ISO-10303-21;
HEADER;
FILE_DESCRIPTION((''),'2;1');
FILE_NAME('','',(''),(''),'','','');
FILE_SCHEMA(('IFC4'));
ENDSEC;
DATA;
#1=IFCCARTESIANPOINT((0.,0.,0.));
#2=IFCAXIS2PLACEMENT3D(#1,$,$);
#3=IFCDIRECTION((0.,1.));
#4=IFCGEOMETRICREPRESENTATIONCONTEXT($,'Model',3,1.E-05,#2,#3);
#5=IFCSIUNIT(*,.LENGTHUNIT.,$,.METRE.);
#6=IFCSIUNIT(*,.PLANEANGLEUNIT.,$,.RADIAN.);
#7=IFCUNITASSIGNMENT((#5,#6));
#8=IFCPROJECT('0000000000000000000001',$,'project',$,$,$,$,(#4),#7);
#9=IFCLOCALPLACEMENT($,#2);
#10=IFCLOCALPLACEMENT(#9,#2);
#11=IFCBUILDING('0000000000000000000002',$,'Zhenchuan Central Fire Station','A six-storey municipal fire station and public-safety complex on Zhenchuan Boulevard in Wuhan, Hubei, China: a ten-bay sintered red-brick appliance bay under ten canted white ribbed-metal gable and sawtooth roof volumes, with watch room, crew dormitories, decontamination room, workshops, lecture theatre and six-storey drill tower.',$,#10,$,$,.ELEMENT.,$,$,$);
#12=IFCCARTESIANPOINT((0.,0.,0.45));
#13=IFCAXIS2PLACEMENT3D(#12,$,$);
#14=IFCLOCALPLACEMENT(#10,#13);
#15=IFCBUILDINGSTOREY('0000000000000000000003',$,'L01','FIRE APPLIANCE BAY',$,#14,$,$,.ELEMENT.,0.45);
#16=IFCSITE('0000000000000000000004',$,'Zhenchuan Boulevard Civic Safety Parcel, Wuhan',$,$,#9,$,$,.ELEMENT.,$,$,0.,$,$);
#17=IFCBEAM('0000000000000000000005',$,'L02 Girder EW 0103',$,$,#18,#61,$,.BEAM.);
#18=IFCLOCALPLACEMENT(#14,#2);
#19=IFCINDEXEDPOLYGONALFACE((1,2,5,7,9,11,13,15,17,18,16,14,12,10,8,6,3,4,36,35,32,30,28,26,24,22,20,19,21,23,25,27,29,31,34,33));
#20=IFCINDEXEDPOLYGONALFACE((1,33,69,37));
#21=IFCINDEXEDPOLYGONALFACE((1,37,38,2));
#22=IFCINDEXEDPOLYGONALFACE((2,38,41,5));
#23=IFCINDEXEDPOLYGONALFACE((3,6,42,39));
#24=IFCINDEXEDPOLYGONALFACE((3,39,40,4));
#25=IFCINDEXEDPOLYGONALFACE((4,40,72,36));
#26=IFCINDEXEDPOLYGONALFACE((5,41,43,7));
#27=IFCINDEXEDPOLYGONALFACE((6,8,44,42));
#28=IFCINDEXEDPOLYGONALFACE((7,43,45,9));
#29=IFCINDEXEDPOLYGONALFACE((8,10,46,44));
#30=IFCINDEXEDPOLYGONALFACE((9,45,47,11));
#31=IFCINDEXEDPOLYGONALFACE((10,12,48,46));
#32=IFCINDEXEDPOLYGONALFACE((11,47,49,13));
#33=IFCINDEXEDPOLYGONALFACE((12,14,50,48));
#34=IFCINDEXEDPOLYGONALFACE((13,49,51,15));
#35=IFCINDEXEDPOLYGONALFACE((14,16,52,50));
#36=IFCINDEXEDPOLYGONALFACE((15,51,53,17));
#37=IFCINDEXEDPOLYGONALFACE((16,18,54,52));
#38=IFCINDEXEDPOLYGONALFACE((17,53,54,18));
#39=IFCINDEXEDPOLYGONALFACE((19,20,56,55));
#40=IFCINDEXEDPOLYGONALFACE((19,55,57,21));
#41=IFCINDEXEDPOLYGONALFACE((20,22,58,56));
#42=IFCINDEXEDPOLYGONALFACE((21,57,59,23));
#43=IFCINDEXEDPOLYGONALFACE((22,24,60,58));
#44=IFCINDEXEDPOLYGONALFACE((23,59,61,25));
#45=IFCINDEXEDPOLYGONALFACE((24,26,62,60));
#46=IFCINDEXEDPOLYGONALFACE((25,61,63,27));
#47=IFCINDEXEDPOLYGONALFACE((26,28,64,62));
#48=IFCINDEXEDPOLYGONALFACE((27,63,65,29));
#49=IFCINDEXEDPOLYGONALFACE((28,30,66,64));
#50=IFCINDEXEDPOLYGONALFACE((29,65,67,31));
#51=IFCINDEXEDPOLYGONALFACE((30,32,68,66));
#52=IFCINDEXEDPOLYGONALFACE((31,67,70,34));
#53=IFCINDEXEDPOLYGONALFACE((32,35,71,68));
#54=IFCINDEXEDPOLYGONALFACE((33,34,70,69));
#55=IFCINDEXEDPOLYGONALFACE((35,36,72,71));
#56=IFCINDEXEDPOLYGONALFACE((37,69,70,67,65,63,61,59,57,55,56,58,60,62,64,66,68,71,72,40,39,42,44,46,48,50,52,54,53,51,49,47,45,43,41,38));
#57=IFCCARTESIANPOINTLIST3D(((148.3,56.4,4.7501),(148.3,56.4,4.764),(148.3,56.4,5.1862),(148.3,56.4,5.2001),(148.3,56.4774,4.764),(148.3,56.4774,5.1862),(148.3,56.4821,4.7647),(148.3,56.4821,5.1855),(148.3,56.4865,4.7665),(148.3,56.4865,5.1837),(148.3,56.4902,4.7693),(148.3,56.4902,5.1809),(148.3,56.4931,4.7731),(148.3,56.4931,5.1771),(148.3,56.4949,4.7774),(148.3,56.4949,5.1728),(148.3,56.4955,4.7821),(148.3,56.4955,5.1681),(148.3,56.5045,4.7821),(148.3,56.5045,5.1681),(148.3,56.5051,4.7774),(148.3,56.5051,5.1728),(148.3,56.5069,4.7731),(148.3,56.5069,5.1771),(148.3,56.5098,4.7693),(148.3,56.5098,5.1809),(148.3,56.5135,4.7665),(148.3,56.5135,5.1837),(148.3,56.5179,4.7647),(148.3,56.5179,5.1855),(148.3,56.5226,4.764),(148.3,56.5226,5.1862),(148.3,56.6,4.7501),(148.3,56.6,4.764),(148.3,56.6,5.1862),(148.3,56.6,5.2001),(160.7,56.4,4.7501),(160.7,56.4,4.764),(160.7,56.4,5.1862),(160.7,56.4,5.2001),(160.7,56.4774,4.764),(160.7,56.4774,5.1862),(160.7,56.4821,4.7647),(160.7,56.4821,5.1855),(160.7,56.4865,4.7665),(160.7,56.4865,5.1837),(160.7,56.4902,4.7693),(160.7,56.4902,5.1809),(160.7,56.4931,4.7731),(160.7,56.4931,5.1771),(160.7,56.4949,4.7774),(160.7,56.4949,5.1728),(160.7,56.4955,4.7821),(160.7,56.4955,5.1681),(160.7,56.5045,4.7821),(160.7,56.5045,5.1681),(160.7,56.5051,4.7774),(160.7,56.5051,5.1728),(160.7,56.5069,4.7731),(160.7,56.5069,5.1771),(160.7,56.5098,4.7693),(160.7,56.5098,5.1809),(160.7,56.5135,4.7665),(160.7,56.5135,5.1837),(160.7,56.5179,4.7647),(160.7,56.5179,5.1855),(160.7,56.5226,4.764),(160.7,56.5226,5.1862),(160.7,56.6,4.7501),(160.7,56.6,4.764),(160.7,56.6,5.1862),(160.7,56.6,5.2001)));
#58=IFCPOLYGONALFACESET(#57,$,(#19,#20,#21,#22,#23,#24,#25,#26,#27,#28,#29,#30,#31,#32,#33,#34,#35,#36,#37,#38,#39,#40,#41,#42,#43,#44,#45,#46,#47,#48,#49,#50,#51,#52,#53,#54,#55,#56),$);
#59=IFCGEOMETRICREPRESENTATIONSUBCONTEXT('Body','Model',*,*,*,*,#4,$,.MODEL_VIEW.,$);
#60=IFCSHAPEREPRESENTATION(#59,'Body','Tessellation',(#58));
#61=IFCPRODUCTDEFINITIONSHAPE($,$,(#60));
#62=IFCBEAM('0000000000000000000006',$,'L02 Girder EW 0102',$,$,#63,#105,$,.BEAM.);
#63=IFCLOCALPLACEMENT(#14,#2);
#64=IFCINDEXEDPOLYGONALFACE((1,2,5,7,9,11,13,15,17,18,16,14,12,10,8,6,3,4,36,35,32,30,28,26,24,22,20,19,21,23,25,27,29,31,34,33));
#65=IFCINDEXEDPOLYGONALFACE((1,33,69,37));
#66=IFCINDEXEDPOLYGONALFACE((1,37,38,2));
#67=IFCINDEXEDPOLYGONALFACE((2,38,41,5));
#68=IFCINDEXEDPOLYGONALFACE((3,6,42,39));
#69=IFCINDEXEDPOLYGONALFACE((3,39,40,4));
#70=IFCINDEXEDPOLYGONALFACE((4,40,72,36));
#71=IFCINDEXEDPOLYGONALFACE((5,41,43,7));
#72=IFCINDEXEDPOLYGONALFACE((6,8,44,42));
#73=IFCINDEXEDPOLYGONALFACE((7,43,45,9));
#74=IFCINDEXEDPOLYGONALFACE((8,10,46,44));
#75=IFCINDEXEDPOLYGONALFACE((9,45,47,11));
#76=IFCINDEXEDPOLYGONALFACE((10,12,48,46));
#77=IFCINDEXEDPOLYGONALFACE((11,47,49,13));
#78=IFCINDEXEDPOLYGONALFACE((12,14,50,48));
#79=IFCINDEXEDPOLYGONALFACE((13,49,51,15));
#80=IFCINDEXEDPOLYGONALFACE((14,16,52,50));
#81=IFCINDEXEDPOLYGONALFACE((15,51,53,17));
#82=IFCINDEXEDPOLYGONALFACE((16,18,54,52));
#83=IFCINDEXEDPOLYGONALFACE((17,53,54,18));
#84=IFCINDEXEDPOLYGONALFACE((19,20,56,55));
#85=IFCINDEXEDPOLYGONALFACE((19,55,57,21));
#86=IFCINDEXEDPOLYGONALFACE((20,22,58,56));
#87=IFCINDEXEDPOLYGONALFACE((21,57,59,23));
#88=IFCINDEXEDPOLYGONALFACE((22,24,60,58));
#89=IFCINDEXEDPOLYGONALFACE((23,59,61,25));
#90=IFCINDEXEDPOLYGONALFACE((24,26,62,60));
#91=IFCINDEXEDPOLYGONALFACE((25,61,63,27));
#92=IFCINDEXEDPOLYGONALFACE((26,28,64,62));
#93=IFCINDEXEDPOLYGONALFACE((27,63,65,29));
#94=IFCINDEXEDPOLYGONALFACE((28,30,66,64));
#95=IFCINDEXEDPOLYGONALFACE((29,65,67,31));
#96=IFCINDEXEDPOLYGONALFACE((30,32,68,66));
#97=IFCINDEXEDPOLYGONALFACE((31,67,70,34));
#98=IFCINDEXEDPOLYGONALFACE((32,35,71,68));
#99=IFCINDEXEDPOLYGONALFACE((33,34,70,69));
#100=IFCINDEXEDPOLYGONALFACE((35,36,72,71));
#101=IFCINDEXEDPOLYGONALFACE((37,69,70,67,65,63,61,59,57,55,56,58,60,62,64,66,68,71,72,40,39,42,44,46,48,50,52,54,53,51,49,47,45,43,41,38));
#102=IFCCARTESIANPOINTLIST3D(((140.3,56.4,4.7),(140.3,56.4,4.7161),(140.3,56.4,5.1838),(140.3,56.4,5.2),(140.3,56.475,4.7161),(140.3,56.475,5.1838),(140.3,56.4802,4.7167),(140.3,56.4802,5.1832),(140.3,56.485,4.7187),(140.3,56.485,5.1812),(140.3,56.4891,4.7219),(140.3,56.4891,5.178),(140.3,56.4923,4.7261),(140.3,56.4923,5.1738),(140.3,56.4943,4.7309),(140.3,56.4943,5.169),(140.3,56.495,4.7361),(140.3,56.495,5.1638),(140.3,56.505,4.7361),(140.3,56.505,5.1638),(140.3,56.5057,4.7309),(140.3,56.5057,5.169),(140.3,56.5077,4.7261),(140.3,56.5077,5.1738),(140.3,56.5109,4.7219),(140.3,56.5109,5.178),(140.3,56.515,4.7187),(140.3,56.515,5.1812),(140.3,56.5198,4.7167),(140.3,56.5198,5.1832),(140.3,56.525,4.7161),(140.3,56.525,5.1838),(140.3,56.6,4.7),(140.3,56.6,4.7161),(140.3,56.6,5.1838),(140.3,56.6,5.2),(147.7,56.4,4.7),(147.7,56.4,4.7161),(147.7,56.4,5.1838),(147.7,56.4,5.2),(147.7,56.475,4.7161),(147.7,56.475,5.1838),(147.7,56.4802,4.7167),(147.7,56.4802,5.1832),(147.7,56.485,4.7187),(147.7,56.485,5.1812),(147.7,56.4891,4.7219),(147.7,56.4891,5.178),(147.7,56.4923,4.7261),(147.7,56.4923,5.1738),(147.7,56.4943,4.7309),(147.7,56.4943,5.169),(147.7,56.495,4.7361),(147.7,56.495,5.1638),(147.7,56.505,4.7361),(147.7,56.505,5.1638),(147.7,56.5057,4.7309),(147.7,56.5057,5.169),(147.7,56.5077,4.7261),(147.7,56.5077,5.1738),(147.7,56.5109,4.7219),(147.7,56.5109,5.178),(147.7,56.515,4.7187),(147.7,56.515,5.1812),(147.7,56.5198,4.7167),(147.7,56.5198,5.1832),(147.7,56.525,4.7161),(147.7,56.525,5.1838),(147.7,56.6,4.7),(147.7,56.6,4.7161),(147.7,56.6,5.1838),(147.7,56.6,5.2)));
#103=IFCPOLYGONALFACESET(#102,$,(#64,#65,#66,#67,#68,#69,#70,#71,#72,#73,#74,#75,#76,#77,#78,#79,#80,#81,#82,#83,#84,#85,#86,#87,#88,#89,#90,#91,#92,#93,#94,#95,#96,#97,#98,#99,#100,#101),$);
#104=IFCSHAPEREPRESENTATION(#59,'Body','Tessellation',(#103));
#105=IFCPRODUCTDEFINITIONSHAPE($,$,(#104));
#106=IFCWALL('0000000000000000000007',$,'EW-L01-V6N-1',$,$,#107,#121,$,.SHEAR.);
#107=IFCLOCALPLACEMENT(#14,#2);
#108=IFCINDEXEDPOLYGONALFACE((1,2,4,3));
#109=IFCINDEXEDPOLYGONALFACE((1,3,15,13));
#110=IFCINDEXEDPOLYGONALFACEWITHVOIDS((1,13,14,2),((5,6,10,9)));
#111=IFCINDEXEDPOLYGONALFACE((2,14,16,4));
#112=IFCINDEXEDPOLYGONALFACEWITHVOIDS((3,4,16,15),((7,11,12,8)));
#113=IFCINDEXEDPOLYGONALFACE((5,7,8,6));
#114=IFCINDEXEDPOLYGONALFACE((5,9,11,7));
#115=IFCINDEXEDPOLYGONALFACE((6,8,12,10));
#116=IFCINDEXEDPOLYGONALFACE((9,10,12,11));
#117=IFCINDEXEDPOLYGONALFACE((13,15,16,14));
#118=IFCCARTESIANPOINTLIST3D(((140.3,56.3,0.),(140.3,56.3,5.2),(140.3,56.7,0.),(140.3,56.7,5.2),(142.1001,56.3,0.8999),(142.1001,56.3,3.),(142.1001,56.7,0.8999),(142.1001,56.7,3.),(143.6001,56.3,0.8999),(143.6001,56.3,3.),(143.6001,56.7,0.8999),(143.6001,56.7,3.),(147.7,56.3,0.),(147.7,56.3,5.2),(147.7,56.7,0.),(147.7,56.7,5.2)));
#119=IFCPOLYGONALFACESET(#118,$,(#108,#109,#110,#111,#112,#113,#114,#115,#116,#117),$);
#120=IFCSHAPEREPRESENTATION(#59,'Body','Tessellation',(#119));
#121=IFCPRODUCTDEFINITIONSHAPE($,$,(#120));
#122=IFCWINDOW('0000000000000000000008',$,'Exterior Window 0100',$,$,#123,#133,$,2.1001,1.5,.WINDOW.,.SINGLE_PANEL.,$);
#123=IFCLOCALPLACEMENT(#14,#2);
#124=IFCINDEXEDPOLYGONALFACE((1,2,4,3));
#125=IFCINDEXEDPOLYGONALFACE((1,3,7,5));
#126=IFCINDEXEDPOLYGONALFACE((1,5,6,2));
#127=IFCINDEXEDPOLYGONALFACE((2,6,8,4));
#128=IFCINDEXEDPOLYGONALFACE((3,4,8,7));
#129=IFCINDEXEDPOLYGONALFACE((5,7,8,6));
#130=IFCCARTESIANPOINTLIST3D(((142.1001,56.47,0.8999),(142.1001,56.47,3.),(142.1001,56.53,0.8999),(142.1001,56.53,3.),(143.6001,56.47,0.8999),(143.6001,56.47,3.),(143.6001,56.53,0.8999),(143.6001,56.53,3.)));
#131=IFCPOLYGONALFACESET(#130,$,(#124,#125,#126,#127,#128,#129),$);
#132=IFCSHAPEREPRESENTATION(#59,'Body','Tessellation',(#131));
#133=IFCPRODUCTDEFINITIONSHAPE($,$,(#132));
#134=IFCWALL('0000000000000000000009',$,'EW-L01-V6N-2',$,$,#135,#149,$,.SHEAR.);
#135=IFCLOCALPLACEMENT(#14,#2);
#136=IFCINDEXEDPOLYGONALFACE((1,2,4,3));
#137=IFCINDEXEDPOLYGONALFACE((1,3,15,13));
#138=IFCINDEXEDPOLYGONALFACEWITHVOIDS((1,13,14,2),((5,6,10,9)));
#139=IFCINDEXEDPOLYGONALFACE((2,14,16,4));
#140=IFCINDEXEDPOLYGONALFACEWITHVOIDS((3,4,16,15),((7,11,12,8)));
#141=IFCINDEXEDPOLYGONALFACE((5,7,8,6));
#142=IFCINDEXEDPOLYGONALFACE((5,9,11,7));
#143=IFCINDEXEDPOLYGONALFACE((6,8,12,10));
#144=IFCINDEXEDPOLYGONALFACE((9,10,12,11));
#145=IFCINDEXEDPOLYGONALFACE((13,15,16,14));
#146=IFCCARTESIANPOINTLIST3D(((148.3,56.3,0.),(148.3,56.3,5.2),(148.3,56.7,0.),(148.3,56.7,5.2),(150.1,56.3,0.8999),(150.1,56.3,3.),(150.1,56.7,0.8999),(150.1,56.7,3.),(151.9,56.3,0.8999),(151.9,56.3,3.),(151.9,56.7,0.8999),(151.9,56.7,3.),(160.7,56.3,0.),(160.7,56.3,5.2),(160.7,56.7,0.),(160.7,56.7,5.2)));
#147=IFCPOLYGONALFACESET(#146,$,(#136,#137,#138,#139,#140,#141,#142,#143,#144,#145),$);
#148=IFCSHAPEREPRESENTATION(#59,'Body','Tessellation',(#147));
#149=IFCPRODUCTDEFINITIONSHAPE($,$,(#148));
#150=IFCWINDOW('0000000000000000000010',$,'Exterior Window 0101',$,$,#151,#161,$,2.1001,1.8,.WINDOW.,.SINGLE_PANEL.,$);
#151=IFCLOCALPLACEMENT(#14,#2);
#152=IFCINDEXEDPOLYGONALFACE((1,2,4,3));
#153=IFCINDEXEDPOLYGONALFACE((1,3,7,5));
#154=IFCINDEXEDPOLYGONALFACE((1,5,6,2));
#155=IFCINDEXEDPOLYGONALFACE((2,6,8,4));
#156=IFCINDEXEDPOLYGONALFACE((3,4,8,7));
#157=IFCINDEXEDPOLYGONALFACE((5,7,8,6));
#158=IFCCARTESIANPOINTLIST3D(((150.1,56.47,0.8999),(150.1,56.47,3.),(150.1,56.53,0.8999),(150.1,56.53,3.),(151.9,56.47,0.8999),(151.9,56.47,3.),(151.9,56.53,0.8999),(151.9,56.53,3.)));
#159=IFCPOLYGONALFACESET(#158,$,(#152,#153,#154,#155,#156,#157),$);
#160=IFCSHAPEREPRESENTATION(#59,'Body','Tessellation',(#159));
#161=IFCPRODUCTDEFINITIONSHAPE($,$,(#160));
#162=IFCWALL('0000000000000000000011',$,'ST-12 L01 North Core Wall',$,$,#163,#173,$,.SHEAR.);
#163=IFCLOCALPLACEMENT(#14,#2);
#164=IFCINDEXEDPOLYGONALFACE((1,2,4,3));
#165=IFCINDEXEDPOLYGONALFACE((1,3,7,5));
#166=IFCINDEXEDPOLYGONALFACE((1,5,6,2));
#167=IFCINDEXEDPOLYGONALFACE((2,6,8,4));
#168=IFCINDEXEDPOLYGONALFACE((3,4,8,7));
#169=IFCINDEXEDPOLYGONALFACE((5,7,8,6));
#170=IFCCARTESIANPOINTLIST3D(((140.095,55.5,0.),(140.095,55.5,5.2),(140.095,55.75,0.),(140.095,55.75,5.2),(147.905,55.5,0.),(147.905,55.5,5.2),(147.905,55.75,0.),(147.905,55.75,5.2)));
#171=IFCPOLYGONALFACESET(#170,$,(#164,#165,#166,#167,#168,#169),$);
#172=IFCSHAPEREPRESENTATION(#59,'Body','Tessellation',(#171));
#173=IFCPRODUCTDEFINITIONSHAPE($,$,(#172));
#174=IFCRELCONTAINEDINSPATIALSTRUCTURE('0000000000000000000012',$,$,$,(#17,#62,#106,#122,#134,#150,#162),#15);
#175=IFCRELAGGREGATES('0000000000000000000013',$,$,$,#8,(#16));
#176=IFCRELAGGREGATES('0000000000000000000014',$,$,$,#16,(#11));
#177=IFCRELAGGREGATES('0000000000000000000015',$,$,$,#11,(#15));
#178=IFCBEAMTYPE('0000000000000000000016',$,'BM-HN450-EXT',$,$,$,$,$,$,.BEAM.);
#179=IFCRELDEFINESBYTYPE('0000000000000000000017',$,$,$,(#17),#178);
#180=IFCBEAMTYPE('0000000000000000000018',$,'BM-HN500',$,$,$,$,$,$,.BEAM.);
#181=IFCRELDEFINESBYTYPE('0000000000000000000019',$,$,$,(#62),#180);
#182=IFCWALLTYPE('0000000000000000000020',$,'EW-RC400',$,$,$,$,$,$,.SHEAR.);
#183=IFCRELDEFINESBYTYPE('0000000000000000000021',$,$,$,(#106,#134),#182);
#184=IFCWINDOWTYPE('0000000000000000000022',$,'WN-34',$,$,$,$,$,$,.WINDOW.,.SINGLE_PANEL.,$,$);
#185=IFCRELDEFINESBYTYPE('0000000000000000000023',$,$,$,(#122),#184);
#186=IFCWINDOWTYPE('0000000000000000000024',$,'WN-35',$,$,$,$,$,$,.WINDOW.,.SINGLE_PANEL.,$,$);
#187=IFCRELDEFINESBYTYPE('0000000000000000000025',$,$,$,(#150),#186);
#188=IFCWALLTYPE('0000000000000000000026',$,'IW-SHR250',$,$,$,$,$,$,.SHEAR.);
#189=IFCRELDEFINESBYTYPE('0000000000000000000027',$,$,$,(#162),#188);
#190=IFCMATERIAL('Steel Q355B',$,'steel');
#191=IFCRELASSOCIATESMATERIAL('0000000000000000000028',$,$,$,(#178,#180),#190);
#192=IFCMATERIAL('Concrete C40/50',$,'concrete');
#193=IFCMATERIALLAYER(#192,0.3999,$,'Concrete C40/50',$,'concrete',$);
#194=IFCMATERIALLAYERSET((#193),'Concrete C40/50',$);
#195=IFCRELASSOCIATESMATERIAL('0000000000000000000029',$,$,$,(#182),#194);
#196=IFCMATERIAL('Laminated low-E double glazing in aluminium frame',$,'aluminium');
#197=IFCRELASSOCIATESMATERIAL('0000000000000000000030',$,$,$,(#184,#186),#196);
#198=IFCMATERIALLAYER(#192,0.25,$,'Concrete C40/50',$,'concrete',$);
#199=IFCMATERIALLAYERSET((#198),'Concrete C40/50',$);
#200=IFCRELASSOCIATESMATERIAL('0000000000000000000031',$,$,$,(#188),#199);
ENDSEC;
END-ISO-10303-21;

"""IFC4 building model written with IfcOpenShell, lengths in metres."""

from ifc_helpers import new_model, si_unit, direction, frame, frame_2d, origin, origin_2d, place, context, subcontext, project, spatial, rectangle, i_section, extrude, material, layer, layer_set, material_profile, profile_set, type_object, element, fill, save


model = new_model("IFC4")

# Units and contexts
model_context = context("Model", 3, precision=1e-05, world=origin(), true_north=direction((0.0, 1.0)))
body_context = subcontext(model_context, "Body", "Model", "MODEL_VIEW")
ifc_project = project(units=[si_unit("LENGTHUNIT", "METRE"), si_unit("PLANEANGLEUNIT", "RADIAN")], contexts=[model_context])

# Site, building, storey
site_placement = place(None, origin())
site = spatial("IfcSite", under=ifc_project, at=site_placement, Name="Zhenchuan Boulevard Civic Safety Parcel, Wuhan", CompositionType="ELEMENT", RefElevation=0.0)
building_placement = place(site_placement, origin())
building = spatial("IfcBuilding", under=site, at=building_placement, Name="Zhenchuan Central Fire Station", Description="A six-storey municipal fire station and public-safety complex on Zhenchuan Boulevard in Wuhan, Hubei, China: a ten-bay sintered red-brick appliance bay under ten canted white ribbed-metal gable and sawtooth roof volumes, with watch room, crew dormitories, decontamination room, workshops, lecture theatre and six-storey drill tower.", CompositionType="ELEMENT")
storey_placement = place(building_placement, frame((0.0, 0.0, 0.45)))
storey = spatial("IfcBuildingStorey", under=building, at=storey_placement, Name="L01", Description="FIRE APPLIANCE BAY", CompositionType="ELEMENT", Elevation=0.45)

# Shared definitions
ifc_material_1 = material(Name="Concrete C40/50", Category="concrete")

# Beams
ifc_material_2 = material(Name="Steel Q355B", Category="steel")
ifc_material_profile_1 = material_profile(ifc_material_2, i_section(OverallWidth=0.2, OverallDepth=0.45, WebThickness=0.009, FlangeThickness=0.0139, FilletRadius=0.0181, at=origin_2d()), Name="HN 450x200")
ifc_profile_set_1 = profile_set([ifc_material_profile_1], Name="Steel Q355B")
beam_type_1 = type_object("IfcBeamType", Name="BM-HN450-EXT", PredefinedType="BEAM", material=ifc_profile_set_1)
beam_1_placement = place(storey_placement, frame((148.3, 56.5, 4.9751), z_axis=(1.0, 0.0, 0.0), x_axis=(0.0, 1.0, 0.0)))
element("IfcBeam", 1, at=beam_1_placement, inside=storey, type_object=beam_type_1, Name="L02 Girder EW 0103", PredefinedType="BEAM", context=body_context, shape_type="SweptSolid", body=[
    extrude(i_section(OverallWidth=0.2, OverallDepth=0.45, WebThickness=0.009, FlangeThickness=0.0139, FilletRadius=0.0181, at=origin_2d()), origin(), (0.0, 0.0, 1.0), 12.3999),
])
ifc_material_profile_2 = material_profile(ifc_material_2, i_section(OverallWidth=0.2, OverallDepth=0.5, WebThickness=0.01, FlangeThickness=0.0161, FilletRadius=0.02, at=origin_2d()), Name="HN 500x200")
ifc_profile_set_2 = profile_set([ifc_material_profile_2], Name="Steel Q355B")
beam_type_2 = type_object("IfcBeamType", Name="BM-HN500", PredefinedType="BEAM", material=ifc_profile_set_2)
beam_2_placement = place(storey_placement, frame((140.3, 56.5, 4.95), z_axis=(1.0, 0.0, 0.0), x_axis=(0.0, 1.0, 0.0)))
element("IfcBeam", 2, at=beam_2_placement, inside=storey, type_object=beam_type_2, Name="L02 Girder EW 0102", PredefinedType="BEAM", context=body_context, shape_type="SweptSolid", body=[
    extrude(i_section(OverallWidth=0.2, OverallDepth=0.5, WebThickness=0.01, FlangeThickness=0.0161, FilletRadius=0.02, at=origin_2d()), origin(), (0.0, 0.0, 1.0), 7.3999),
])

# Walls, openings, windows
ifc_layer_1 = layer(ifc_material_1, 0.3999, Name="Concrete C40/50", Category="concrete")
ifc_layer_set_1 = layer_set([ifc_layer_1], Name="Concrete C40/50")
wall_type_1 = type_object("IfcWallType", Name="EW-RC400", PredefinedType="SHEAR", material=ifc_layer_set_1)
wall_1_placement = place(storey_placement, frame((140.3, 56.5, 0.0), z_axis=(0.0, 0.0, 1.0), x_axis=(1.0, 0.0, 0.0)))
wall_1 = element("IfcWall", 3, at=wall_1_placement, inside=storey, type_object=wall_type_1, Name="EW-L01-V6N-1", PredefinedType="SHEAR", context=body_context, shape_type="SweptSolid", body=[
    extrude(rectangle(XDim=7.3999, YDim=0.3999, at=frame_2d((3.7, 0.0))), origin(), (0.0, 0.0, 1.0), 5.2),
])
opening_1_placement = place(wall_1_placement, frame((1.8, 0.0, 0.8999)))
opening_1 = element("IfcOpeningElement", 4, at=opening_1_placement, cuts=wall_1, PredefinedType="OPENING", context=body_context, shape_type="SweptSolid", body=[
    extrude(rectangle(XDim=1.5, YDim=2.1001, at=frame_2d((0.75, 1.05))), frame((0.0, 0.21, 0.0), z_axis=(0.0, -1.0, 0.0), x_axis=(1.0, 0.0, 0.0)), (0.0, 0.0, 1.0), 0.4199),
])
ifc_material_3 = material(Name="Laminated low-E double glazing in aluminium frame", Category="aluminium")
window_type_1 = type_object("IfcWindowType", Name="WN-34", PartitioningType="SINGLE_PANEL", PredefinedType="WINDOW", material=ifc_material_3)
window_1_placement = place(opening_1_placement, origin())
window_1 = element("IfcWindow", 5, at=window_1_placement, inside=storey, type_object=window_type_1, Name="Exterior Window 0100", OverallHeight=2.1001, OverallWidth=1.5, PartitioningType="SINGLE_PANEL", PredefinedType="WINDOW", context=body_context, shape_type="SweptSolid", body=[
    extrude(rectangle(XDim=1.5, YDim=2.1001, at=frame_2d((0.75, 1.05))), frame((0.0, 0.03, 0.0), z_axis=(0.0, -1.0, 0.0), x_axis=(1.0, 0.0, 0.0)), (0.0, 0.0, 1.0), 0.0601),
])
fill(opening_1, window_1)
wall_2_placement = place(storey_placement, frame((148.3, 56.5, 0.0), z_axis=(0.0, 0.0, 1.0), x_axis=(1.0, 0.0, 0.0)))
wall_2 = element("IfcWall", 6, at=wall_2_placement, inside=storey, type_object=wall_type_1, Name="EW-L01-V6N-2", PredefinedType="SHEAR", context=body_context, shape_type="SweptSolid", body=[
    extrude(rectangle(XDim=12.3999, YDim=0.3999, at=frame_2d((6.2, 0.0))), origin(), (0.0, 0.0, 1.0), 5.2),
])
opening_2_placement = place(wall_2_placement, frame((1.8, 0.0, 0.8999)))
opening_2 = element("IfcOpeningElement", 7, at=opening_2_placement, cuts=wall_2, PredefinedType="OPENING", context=body_context, shape_type="SweptSolid", body=[
    extrude(rectangle(XDim=1.8, YDim=2.1001, at=frame_2d((0.8999, 1.05))), frame((0.0, 0.21, 0.0), z_axis=(0.0, -1.0, 0.0), x_axis=(1.0, 0.0, 0.0)), (0.0, 0.0, 1.0), 0.4199),
])
window_type_2 = type_object("IfcWindowType", Name="WN-35", PartitioningType="SINGLE_PANEL", PredefinedType="WINDOW", material=ifc_material_3)
window_2_placement = place(opening_2_placement, origin())
window_2 = element("IfcWindow", 8, at=window_2_placement, inside=storey, type_object=window_type_2, Name="Exterior Window 0101", OverallHeight=2.1001, OverallWidth=1.8, PartitioningType="SINGLE_PANEL", PredefinedType="WINDOW", context=body_context, shape_type="SweptSolid", body=[
    extrude(rectangle(XDim=1.8, YDim=2.1001, at=frame_2d((0.8999, 1.05))), frame((0.0, 0.03, 0.0), z_axis=(0.0, -1.0, 0.0), x_axis=(1.0, 0.0, 0.0)), (0.0, 0.0, 1.0), 0.0601),
])
fill(opening_2, window_2)

# Wall
ifc_layer_2 = layer(ifc_material_1, 0.25, Name="Concrete C40/50", Category="concrete")
ifc_layer_set_2 = layer_set([ifc_layer_2], Name="Concrete C40/50")
wall_type_2 = type_object("IfcWallType", Name="IW-SHR250", PredefinedType="SHEAR", material=ifc_layer_set_2)
wall_3_placement = place(storey_placement, frame((140.095, 55.625, 0.0), z_axis=(0.0, 0.0, 1.0), x_axis=(1.0, 0.0, 0.0)))
element("IfcWall", 9, at=wall_3_placement, inside=storey, type_object=wall_type_2, Name="ST-12 L01 North Core Wall", PredefinedType="SHEAR", context=body_context, shape_type="SweptSolid", body=[
    extrude(rectangle(XDim=7.8101, YDim=0.25, at=frame_2d((3.905, 0.0))), origin(), (0.0, 0.0, 1.0), 5.2),
])

save(model, "model.ifc")
